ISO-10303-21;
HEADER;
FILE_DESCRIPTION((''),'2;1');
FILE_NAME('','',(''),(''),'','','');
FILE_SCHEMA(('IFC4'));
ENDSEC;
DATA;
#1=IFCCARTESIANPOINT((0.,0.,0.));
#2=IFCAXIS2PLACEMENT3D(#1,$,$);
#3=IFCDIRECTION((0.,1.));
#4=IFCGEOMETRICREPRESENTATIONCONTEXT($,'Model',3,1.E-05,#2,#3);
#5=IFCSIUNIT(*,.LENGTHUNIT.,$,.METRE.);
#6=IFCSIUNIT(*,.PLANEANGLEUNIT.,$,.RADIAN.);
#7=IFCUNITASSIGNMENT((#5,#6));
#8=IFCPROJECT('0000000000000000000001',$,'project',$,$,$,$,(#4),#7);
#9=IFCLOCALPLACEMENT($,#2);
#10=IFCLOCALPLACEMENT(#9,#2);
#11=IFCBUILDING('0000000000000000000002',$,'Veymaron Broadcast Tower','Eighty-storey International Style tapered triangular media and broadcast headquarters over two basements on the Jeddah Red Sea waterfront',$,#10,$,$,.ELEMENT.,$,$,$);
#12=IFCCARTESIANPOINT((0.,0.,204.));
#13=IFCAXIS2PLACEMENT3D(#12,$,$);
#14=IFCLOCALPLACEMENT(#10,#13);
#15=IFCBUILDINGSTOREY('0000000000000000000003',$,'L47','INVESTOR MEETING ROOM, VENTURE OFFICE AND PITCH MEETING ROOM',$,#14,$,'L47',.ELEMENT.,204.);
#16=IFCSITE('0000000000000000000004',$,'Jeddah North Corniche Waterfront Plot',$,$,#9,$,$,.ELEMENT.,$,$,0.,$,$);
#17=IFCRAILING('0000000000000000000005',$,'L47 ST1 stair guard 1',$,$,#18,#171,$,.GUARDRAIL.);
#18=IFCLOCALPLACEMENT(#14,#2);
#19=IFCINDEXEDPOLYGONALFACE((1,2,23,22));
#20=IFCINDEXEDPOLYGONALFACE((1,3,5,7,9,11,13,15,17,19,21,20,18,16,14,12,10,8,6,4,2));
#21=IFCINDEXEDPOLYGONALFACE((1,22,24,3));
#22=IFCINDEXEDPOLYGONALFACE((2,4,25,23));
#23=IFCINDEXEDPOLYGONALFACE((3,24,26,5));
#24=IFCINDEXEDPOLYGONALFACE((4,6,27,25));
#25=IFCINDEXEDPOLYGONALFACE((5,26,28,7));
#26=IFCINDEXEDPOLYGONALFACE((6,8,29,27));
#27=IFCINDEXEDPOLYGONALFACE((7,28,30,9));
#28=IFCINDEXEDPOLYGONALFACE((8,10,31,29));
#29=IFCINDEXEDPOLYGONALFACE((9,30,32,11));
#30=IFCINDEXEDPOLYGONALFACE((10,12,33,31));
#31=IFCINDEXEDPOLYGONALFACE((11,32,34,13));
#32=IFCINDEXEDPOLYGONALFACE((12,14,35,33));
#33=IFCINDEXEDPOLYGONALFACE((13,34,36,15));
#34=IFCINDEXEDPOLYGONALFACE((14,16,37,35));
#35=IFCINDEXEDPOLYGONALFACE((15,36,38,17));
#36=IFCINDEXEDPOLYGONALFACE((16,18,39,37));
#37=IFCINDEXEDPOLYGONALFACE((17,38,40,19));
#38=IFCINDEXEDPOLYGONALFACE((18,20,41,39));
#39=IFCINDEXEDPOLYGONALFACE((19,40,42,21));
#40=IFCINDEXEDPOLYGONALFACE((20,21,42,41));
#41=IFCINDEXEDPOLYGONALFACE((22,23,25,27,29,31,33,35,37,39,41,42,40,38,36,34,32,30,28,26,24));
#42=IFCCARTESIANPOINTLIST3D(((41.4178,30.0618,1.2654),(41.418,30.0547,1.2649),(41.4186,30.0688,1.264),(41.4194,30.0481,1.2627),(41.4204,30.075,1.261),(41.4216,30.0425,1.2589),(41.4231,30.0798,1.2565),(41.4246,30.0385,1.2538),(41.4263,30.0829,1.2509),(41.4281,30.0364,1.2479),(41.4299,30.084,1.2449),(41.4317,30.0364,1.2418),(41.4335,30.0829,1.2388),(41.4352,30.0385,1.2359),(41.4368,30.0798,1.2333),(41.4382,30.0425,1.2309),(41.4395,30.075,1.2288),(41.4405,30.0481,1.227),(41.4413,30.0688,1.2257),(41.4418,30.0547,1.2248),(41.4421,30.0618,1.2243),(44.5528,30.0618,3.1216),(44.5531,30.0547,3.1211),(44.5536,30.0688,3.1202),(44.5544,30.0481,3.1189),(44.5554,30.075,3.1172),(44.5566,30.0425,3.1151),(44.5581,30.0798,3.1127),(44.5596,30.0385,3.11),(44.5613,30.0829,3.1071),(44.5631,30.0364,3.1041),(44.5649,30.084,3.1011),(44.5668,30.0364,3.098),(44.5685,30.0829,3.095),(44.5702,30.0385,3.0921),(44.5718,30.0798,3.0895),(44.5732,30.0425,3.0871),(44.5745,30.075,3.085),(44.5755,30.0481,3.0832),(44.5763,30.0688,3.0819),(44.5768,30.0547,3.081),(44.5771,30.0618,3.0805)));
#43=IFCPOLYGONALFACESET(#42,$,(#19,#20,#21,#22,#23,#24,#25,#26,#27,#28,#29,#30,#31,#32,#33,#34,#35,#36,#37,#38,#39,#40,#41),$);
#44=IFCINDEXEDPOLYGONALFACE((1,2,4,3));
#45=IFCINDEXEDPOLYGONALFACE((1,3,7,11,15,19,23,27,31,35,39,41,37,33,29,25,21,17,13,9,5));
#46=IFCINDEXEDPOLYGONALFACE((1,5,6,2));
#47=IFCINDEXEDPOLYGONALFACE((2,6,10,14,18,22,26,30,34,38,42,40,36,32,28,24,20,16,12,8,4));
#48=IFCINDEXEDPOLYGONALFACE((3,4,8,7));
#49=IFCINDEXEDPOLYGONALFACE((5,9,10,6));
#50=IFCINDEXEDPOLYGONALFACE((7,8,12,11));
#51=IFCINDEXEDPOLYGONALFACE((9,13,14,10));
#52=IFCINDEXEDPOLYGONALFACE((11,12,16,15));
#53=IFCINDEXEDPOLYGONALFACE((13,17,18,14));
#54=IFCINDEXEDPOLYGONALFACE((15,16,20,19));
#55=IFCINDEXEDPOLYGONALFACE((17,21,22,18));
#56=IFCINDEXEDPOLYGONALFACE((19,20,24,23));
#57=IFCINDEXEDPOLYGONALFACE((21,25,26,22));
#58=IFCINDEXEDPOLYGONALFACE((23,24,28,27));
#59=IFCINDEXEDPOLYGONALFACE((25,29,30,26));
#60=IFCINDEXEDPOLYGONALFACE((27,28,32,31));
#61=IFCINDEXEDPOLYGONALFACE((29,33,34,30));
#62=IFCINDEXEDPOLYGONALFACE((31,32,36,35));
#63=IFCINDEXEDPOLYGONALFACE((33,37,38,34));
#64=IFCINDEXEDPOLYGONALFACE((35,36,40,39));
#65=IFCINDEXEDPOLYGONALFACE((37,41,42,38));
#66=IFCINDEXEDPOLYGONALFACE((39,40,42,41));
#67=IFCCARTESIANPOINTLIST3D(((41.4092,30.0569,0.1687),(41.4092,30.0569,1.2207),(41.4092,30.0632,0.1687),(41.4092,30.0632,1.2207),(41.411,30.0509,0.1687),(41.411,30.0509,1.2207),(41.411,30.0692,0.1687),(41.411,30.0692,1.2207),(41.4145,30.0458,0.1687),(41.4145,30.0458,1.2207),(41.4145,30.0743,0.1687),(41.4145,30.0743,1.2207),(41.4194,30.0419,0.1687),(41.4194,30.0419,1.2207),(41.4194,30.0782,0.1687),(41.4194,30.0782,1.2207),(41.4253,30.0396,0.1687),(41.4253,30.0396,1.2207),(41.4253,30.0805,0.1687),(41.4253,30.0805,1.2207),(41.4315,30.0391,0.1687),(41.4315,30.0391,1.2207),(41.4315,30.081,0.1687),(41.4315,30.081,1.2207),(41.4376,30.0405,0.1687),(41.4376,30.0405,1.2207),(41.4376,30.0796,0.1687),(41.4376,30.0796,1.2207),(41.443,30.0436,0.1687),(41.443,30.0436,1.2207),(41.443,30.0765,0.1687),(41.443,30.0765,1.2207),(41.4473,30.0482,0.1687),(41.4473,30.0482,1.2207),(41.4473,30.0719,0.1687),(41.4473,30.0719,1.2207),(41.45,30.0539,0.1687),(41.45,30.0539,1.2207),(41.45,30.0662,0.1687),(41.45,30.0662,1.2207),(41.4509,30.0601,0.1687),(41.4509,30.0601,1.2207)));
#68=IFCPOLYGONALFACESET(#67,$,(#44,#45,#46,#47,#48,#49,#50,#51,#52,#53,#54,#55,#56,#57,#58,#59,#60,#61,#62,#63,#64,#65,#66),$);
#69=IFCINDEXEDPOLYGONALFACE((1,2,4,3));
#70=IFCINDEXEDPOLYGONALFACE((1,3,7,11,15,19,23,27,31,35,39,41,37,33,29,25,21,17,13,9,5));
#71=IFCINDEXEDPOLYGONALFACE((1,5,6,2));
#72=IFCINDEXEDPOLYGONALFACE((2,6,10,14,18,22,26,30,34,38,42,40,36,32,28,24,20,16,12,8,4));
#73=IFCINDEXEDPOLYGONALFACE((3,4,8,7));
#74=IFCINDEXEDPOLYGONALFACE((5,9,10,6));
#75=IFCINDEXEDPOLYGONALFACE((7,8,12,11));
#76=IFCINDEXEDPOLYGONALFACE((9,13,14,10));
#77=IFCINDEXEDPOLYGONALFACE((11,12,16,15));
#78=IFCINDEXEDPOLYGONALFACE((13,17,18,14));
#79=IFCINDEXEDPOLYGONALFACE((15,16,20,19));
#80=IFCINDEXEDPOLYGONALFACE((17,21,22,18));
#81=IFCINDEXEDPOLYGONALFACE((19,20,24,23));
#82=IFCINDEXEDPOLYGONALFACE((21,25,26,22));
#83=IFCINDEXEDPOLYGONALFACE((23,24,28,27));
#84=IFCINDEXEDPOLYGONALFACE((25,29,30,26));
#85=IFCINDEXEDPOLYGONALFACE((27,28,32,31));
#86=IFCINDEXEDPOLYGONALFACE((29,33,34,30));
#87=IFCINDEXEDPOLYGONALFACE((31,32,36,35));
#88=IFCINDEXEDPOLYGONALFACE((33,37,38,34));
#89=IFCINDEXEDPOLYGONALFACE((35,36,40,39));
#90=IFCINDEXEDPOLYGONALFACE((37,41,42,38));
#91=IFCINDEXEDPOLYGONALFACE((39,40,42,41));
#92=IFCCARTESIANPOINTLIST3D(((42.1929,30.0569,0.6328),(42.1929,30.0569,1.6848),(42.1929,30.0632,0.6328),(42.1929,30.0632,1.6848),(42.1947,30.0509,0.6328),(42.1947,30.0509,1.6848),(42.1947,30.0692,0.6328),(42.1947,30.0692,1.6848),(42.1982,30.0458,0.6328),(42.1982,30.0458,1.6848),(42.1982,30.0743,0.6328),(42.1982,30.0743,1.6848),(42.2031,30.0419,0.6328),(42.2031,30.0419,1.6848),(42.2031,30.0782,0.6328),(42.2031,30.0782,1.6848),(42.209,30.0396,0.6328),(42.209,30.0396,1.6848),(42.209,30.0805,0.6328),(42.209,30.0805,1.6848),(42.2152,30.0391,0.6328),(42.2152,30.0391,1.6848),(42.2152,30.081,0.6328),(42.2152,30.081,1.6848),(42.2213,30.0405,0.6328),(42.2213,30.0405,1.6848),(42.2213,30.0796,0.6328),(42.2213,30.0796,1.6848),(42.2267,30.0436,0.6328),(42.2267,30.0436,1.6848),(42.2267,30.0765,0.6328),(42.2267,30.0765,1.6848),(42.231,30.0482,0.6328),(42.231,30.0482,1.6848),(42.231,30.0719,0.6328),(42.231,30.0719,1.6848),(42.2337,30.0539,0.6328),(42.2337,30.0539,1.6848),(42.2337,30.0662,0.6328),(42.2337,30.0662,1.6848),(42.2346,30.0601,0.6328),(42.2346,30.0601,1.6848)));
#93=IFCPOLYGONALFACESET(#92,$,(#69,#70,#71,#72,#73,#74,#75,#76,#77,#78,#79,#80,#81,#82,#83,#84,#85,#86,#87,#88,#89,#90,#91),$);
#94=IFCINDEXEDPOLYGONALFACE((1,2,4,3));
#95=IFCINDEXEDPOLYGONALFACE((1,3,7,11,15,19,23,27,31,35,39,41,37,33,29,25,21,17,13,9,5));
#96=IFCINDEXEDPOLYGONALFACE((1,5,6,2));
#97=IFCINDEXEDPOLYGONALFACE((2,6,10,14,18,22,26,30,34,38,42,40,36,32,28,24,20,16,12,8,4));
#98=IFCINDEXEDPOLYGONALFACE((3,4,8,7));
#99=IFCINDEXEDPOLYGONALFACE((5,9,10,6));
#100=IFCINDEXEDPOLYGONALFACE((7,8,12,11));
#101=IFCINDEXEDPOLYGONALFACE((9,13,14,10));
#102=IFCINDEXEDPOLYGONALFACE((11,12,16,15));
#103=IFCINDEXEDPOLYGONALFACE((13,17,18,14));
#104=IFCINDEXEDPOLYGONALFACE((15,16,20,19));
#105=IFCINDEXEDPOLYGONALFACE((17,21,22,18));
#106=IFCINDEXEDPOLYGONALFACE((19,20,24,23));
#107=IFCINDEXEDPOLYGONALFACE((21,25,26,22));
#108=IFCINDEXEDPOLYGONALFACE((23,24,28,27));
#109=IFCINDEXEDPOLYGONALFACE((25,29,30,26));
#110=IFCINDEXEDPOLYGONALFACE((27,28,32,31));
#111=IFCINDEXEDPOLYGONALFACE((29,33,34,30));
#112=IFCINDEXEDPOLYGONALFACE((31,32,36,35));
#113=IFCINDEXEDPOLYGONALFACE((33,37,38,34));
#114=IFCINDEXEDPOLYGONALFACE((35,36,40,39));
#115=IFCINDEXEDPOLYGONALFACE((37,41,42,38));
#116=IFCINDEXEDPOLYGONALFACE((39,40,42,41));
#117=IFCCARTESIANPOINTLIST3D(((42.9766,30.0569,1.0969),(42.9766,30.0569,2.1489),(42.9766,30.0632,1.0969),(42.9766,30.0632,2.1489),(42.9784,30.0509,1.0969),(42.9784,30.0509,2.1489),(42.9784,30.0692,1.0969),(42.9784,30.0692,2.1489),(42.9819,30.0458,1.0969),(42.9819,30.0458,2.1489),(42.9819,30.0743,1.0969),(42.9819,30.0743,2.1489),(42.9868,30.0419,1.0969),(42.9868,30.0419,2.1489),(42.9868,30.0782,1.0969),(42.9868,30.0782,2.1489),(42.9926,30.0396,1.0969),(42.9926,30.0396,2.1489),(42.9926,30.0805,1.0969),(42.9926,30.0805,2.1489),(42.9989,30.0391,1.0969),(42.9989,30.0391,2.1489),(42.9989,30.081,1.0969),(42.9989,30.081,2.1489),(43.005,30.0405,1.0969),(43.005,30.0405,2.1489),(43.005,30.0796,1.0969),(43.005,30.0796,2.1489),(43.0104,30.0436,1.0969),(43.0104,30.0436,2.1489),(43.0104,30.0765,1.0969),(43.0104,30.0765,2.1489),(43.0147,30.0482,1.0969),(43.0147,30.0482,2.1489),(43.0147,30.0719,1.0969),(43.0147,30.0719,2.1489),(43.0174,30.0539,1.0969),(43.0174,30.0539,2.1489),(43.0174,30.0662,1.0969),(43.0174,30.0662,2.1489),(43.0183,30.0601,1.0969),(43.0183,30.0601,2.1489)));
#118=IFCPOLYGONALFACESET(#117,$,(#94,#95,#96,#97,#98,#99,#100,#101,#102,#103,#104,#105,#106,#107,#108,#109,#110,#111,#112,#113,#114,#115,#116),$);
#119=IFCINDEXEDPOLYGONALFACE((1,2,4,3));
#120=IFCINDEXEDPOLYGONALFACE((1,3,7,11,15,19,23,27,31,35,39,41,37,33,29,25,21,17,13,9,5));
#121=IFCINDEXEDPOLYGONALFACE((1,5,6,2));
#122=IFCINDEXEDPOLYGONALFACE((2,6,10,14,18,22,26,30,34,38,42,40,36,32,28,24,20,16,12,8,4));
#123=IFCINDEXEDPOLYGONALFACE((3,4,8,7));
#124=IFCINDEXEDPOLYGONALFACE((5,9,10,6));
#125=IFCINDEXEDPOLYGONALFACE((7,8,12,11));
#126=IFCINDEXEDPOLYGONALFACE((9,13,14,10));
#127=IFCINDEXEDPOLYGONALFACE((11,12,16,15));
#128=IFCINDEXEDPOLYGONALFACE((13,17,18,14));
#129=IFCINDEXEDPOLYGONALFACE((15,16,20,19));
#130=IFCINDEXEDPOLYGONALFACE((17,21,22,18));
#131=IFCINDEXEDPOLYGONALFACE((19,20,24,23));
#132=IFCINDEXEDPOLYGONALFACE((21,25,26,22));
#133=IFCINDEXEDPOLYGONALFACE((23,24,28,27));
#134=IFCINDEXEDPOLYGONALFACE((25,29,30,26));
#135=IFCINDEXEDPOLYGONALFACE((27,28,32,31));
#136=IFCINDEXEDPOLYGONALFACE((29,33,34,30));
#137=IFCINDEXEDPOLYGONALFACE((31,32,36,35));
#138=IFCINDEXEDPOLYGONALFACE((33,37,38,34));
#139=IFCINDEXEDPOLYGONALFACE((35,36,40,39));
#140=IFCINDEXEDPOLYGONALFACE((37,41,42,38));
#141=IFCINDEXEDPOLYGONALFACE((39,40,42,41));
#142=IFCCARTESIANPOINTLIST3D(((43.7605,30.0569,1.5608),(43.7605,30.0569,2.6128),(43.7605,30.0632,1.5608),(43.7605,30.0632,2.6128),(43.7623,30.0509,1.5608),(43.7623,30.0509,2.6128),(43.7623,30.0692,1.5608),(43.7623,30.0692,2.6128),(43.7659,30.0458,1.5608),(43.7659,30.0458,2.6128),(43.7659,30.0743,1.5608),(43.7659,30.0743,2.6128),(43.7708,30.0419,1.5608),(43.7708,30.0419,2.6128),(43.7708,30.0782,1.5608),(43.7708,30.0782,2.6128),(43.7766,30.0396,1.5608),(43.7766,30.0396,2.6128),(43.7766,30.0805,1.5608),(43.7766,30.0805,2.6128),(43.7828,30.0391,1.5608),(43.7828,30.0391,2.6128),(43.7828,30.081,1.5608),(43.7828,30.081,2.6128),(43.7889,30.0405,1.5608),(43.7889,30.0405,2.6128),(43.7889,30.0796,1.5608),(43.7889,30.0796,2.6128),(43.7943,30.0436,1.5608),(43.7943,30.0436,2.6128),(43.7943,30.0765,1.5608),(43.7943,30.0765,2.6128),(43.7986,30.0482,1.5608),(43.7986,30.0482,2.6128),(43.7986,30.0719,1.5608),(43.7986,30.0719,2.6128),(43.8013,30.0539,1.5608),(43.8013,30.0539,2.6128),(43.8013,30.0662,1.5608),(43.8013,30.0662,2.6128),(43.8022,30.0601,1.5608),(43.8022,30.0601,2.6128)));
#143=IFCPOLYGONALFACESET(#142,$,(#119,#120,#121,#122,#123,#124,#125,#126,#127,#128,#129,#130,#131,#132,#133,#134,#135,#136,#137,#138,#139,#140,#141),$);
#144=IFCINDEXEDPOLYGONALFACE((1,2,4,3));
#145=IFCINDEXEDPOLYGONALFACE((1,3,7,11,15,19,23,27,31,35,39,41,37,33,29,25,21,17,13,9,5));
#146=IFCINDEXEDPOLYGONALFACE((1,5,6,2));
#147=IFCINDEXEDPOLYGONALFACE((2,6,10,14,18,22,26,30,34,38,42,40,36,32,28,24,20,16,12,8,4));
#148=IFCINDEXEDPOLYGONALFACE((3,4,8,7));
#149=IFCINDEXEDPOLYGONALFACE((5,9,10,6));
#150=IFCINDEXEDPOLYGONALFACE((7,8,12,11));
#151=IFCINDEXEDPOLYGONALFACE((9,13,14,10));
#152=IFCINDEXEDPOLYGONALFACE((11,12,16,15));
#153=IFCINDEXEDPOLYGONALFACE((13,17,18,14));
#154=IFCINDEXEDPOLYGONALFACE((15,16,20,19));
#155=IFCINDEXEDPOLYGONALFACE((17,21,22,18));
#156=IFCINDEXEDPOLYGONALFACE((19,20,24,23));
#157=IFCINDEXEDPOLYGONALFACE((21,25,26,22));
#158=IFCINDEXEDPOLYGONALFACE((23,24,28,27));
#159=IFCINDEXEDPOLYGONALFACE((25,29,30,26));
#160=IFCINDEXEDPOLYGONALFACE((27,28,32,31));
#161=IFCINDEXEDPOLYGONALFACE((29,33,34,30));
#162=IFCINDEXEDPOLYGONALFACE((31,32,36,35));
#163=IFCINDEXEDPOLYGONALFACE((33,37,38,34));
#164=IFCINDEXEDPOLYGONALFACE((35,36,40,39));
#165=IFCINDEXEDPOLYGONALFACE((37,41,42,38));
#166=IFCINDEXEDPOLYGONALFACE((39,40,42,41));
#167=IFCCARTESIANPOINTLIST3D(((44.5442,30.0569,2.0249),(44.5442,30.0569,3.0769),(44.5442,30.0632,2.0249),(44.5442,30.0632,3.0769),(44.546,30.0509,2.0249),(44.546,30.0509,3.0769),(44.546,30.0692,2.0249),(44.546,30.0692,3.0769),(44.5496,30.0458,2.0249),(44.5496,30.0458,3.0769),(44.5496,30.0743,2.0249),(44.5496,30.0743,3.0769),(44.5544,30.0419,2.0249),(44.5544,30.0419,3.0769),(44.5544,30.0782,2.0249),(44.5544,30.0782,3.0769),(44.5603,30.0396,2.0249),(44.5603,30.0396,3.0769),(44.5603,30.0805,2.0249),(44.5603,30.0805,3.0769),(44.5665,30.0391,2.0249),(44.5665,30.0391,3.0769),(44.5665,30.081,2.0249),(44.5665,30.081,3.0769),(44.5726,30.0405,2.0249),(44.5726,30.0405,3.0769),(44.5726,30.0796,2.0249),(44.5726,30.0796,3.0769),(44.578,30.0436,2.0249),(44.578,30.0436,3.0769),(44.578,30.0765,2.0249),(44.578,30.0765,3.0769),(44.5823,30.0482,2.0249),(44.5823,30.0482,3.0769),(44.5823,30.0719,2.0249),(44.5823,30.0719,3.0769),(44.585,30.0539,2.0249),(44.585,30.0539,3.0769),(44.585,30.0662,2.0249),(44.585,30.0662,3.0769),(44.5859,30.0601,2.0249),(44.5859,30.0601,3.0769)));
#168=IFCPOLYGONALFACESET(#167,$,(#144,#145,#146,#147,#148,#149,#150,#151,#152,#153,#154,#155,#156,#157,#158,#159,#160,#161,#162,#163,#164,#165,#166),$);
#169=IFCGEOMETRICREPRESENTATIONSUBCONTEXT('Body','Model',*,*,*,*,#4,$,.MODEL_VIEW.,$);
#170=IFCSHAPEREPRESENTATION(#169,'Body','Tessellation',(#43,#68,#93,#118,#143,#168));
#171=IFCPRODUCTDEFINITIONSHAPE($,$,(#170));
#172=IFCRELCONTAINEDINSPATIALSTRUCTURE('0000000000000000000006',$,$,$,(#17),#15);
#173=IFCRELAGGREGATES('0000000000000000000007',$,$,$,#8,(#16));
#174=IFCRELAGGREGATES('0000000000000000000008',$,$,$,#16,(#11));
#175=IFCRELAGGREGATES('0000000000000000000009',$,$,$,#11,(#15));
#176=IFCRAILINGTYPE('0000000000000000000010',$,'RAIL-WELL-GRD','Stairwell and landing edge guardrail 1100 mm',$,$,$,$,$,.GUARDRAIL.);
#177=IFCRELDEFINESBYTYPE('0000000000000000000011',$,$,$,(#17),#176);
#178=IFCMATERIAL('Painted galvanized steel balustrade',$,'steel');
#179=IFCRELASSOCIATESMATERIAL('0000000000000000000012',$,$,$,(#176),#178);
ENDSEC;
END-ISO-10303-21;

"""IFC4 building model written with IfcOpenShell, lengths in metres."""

from ifc_helpers import new_model, si_unit, direction, frame, origin, origin_2d, place, context, subcontext, project, spatial, circle, extrude, material, type_object, element, save


model = new_model("IFC4")

# Units and contexts
model_context = context("Model", 3, precision=1e-05, world=origin(), true_north=direction((0.0, 1.0)))
body_context = subcontext(model_context, "Body", "Model", "MODEL_VIEW")
ifc_project = project(units=[si_unit("LENGTHUNIT", "METRE"), si_unit("PLANEANGLEUNIT", "RADIAN")], contexts=[model_context])

# Site, building, storey
site_placement = place(None, origin())
site = spatial("IfcSite", under=ifc_project, at=site_placement, Name="Jeddah North Corniche Waterfront Plot", CompositionType="ELEMENT", RefElevation=0.0)
building_placement = place(site_placement, origin())
building = spatial("IfcBuilding", under=site, at=building_placement, Name="Veymaron Broadcast Tower", Description="Eighty-storey International Style tapered triangular media and broadcast headquarters over two basements on the Jeddah Red Sea waterfront", CompositionType="ELEMENT")
storey_placement = place(building_placement, frame((0.0, 0.0, 204.0)))
storey = spatial("IfcBuildingStorey", under=building, at=storey_placement, Name="L47", Description="INVESTOR MEETING ROOM, VENTURE OFFICE AND PITCH MEETING ROOM", LongName="L47", CompositionType="ELEMENT", Elevation=204.0)

# Railing
ifc_material_1 = material(Name="Painted galvanized steel balustrade", Category="steel")
railing_type_1 = type_object("IfcRailingType", Name="RAIL-WELL-GRD", Description="Stairwell and landing edge guardrail 1100 mm", PredefinedType="GUARDRAIL", material=ifc_material_1)
railing_1_placement = place(storey_placement, frame((41.4299, 30.0601, 0.1687)))
element("IfcRailing", 1, at=railing_1_placement, inside=storey, type_object=railing_type_1, Name="L47 ST1 stair guard 1", PredefinedType="GUARDRAIL", context=body_context, shape_type="SweptSolid", body=[
    extrude(circle(Radius=0.0239, at=origin_2d()), frame((0.0, 0.0, 1.0762), z_axis=(0.860482, 0.0, 0.509481), x_axis=(0.0, 1.0, 0.0)), (0.0, 0.0, 1.0), 3.6433),
    extrude(circle(Radius=0.021, at=origin_2d()), origin(), (0.0, 0.0, 1.0), 1.052),
    extrude(circle(Radius=0.021, at=origin_2d()), frame((0.7837, 0.0, 0.4641)), (0.0, 0.0, 1.0), 1.052),
    extrude(circle(Radius=0.021, at=origin_2d()), frame((1.5674, 0.0, 0.9282)), (0.0, 0.0, 1.0), 1.052),
    extrude(circle(Radius=0.021, at=origin_2d()), frame((2.3513, 0.0, 1.3921)), (0.0, 0.0, 1.0), 1.052),
    extrude(circle(Radius=0.021, at=origin_2d()), frame((3.135, 0.0, 1.8562)), (0.0, 0.0, 1.0), 1.052),
])

save(model, "model.ifc")
